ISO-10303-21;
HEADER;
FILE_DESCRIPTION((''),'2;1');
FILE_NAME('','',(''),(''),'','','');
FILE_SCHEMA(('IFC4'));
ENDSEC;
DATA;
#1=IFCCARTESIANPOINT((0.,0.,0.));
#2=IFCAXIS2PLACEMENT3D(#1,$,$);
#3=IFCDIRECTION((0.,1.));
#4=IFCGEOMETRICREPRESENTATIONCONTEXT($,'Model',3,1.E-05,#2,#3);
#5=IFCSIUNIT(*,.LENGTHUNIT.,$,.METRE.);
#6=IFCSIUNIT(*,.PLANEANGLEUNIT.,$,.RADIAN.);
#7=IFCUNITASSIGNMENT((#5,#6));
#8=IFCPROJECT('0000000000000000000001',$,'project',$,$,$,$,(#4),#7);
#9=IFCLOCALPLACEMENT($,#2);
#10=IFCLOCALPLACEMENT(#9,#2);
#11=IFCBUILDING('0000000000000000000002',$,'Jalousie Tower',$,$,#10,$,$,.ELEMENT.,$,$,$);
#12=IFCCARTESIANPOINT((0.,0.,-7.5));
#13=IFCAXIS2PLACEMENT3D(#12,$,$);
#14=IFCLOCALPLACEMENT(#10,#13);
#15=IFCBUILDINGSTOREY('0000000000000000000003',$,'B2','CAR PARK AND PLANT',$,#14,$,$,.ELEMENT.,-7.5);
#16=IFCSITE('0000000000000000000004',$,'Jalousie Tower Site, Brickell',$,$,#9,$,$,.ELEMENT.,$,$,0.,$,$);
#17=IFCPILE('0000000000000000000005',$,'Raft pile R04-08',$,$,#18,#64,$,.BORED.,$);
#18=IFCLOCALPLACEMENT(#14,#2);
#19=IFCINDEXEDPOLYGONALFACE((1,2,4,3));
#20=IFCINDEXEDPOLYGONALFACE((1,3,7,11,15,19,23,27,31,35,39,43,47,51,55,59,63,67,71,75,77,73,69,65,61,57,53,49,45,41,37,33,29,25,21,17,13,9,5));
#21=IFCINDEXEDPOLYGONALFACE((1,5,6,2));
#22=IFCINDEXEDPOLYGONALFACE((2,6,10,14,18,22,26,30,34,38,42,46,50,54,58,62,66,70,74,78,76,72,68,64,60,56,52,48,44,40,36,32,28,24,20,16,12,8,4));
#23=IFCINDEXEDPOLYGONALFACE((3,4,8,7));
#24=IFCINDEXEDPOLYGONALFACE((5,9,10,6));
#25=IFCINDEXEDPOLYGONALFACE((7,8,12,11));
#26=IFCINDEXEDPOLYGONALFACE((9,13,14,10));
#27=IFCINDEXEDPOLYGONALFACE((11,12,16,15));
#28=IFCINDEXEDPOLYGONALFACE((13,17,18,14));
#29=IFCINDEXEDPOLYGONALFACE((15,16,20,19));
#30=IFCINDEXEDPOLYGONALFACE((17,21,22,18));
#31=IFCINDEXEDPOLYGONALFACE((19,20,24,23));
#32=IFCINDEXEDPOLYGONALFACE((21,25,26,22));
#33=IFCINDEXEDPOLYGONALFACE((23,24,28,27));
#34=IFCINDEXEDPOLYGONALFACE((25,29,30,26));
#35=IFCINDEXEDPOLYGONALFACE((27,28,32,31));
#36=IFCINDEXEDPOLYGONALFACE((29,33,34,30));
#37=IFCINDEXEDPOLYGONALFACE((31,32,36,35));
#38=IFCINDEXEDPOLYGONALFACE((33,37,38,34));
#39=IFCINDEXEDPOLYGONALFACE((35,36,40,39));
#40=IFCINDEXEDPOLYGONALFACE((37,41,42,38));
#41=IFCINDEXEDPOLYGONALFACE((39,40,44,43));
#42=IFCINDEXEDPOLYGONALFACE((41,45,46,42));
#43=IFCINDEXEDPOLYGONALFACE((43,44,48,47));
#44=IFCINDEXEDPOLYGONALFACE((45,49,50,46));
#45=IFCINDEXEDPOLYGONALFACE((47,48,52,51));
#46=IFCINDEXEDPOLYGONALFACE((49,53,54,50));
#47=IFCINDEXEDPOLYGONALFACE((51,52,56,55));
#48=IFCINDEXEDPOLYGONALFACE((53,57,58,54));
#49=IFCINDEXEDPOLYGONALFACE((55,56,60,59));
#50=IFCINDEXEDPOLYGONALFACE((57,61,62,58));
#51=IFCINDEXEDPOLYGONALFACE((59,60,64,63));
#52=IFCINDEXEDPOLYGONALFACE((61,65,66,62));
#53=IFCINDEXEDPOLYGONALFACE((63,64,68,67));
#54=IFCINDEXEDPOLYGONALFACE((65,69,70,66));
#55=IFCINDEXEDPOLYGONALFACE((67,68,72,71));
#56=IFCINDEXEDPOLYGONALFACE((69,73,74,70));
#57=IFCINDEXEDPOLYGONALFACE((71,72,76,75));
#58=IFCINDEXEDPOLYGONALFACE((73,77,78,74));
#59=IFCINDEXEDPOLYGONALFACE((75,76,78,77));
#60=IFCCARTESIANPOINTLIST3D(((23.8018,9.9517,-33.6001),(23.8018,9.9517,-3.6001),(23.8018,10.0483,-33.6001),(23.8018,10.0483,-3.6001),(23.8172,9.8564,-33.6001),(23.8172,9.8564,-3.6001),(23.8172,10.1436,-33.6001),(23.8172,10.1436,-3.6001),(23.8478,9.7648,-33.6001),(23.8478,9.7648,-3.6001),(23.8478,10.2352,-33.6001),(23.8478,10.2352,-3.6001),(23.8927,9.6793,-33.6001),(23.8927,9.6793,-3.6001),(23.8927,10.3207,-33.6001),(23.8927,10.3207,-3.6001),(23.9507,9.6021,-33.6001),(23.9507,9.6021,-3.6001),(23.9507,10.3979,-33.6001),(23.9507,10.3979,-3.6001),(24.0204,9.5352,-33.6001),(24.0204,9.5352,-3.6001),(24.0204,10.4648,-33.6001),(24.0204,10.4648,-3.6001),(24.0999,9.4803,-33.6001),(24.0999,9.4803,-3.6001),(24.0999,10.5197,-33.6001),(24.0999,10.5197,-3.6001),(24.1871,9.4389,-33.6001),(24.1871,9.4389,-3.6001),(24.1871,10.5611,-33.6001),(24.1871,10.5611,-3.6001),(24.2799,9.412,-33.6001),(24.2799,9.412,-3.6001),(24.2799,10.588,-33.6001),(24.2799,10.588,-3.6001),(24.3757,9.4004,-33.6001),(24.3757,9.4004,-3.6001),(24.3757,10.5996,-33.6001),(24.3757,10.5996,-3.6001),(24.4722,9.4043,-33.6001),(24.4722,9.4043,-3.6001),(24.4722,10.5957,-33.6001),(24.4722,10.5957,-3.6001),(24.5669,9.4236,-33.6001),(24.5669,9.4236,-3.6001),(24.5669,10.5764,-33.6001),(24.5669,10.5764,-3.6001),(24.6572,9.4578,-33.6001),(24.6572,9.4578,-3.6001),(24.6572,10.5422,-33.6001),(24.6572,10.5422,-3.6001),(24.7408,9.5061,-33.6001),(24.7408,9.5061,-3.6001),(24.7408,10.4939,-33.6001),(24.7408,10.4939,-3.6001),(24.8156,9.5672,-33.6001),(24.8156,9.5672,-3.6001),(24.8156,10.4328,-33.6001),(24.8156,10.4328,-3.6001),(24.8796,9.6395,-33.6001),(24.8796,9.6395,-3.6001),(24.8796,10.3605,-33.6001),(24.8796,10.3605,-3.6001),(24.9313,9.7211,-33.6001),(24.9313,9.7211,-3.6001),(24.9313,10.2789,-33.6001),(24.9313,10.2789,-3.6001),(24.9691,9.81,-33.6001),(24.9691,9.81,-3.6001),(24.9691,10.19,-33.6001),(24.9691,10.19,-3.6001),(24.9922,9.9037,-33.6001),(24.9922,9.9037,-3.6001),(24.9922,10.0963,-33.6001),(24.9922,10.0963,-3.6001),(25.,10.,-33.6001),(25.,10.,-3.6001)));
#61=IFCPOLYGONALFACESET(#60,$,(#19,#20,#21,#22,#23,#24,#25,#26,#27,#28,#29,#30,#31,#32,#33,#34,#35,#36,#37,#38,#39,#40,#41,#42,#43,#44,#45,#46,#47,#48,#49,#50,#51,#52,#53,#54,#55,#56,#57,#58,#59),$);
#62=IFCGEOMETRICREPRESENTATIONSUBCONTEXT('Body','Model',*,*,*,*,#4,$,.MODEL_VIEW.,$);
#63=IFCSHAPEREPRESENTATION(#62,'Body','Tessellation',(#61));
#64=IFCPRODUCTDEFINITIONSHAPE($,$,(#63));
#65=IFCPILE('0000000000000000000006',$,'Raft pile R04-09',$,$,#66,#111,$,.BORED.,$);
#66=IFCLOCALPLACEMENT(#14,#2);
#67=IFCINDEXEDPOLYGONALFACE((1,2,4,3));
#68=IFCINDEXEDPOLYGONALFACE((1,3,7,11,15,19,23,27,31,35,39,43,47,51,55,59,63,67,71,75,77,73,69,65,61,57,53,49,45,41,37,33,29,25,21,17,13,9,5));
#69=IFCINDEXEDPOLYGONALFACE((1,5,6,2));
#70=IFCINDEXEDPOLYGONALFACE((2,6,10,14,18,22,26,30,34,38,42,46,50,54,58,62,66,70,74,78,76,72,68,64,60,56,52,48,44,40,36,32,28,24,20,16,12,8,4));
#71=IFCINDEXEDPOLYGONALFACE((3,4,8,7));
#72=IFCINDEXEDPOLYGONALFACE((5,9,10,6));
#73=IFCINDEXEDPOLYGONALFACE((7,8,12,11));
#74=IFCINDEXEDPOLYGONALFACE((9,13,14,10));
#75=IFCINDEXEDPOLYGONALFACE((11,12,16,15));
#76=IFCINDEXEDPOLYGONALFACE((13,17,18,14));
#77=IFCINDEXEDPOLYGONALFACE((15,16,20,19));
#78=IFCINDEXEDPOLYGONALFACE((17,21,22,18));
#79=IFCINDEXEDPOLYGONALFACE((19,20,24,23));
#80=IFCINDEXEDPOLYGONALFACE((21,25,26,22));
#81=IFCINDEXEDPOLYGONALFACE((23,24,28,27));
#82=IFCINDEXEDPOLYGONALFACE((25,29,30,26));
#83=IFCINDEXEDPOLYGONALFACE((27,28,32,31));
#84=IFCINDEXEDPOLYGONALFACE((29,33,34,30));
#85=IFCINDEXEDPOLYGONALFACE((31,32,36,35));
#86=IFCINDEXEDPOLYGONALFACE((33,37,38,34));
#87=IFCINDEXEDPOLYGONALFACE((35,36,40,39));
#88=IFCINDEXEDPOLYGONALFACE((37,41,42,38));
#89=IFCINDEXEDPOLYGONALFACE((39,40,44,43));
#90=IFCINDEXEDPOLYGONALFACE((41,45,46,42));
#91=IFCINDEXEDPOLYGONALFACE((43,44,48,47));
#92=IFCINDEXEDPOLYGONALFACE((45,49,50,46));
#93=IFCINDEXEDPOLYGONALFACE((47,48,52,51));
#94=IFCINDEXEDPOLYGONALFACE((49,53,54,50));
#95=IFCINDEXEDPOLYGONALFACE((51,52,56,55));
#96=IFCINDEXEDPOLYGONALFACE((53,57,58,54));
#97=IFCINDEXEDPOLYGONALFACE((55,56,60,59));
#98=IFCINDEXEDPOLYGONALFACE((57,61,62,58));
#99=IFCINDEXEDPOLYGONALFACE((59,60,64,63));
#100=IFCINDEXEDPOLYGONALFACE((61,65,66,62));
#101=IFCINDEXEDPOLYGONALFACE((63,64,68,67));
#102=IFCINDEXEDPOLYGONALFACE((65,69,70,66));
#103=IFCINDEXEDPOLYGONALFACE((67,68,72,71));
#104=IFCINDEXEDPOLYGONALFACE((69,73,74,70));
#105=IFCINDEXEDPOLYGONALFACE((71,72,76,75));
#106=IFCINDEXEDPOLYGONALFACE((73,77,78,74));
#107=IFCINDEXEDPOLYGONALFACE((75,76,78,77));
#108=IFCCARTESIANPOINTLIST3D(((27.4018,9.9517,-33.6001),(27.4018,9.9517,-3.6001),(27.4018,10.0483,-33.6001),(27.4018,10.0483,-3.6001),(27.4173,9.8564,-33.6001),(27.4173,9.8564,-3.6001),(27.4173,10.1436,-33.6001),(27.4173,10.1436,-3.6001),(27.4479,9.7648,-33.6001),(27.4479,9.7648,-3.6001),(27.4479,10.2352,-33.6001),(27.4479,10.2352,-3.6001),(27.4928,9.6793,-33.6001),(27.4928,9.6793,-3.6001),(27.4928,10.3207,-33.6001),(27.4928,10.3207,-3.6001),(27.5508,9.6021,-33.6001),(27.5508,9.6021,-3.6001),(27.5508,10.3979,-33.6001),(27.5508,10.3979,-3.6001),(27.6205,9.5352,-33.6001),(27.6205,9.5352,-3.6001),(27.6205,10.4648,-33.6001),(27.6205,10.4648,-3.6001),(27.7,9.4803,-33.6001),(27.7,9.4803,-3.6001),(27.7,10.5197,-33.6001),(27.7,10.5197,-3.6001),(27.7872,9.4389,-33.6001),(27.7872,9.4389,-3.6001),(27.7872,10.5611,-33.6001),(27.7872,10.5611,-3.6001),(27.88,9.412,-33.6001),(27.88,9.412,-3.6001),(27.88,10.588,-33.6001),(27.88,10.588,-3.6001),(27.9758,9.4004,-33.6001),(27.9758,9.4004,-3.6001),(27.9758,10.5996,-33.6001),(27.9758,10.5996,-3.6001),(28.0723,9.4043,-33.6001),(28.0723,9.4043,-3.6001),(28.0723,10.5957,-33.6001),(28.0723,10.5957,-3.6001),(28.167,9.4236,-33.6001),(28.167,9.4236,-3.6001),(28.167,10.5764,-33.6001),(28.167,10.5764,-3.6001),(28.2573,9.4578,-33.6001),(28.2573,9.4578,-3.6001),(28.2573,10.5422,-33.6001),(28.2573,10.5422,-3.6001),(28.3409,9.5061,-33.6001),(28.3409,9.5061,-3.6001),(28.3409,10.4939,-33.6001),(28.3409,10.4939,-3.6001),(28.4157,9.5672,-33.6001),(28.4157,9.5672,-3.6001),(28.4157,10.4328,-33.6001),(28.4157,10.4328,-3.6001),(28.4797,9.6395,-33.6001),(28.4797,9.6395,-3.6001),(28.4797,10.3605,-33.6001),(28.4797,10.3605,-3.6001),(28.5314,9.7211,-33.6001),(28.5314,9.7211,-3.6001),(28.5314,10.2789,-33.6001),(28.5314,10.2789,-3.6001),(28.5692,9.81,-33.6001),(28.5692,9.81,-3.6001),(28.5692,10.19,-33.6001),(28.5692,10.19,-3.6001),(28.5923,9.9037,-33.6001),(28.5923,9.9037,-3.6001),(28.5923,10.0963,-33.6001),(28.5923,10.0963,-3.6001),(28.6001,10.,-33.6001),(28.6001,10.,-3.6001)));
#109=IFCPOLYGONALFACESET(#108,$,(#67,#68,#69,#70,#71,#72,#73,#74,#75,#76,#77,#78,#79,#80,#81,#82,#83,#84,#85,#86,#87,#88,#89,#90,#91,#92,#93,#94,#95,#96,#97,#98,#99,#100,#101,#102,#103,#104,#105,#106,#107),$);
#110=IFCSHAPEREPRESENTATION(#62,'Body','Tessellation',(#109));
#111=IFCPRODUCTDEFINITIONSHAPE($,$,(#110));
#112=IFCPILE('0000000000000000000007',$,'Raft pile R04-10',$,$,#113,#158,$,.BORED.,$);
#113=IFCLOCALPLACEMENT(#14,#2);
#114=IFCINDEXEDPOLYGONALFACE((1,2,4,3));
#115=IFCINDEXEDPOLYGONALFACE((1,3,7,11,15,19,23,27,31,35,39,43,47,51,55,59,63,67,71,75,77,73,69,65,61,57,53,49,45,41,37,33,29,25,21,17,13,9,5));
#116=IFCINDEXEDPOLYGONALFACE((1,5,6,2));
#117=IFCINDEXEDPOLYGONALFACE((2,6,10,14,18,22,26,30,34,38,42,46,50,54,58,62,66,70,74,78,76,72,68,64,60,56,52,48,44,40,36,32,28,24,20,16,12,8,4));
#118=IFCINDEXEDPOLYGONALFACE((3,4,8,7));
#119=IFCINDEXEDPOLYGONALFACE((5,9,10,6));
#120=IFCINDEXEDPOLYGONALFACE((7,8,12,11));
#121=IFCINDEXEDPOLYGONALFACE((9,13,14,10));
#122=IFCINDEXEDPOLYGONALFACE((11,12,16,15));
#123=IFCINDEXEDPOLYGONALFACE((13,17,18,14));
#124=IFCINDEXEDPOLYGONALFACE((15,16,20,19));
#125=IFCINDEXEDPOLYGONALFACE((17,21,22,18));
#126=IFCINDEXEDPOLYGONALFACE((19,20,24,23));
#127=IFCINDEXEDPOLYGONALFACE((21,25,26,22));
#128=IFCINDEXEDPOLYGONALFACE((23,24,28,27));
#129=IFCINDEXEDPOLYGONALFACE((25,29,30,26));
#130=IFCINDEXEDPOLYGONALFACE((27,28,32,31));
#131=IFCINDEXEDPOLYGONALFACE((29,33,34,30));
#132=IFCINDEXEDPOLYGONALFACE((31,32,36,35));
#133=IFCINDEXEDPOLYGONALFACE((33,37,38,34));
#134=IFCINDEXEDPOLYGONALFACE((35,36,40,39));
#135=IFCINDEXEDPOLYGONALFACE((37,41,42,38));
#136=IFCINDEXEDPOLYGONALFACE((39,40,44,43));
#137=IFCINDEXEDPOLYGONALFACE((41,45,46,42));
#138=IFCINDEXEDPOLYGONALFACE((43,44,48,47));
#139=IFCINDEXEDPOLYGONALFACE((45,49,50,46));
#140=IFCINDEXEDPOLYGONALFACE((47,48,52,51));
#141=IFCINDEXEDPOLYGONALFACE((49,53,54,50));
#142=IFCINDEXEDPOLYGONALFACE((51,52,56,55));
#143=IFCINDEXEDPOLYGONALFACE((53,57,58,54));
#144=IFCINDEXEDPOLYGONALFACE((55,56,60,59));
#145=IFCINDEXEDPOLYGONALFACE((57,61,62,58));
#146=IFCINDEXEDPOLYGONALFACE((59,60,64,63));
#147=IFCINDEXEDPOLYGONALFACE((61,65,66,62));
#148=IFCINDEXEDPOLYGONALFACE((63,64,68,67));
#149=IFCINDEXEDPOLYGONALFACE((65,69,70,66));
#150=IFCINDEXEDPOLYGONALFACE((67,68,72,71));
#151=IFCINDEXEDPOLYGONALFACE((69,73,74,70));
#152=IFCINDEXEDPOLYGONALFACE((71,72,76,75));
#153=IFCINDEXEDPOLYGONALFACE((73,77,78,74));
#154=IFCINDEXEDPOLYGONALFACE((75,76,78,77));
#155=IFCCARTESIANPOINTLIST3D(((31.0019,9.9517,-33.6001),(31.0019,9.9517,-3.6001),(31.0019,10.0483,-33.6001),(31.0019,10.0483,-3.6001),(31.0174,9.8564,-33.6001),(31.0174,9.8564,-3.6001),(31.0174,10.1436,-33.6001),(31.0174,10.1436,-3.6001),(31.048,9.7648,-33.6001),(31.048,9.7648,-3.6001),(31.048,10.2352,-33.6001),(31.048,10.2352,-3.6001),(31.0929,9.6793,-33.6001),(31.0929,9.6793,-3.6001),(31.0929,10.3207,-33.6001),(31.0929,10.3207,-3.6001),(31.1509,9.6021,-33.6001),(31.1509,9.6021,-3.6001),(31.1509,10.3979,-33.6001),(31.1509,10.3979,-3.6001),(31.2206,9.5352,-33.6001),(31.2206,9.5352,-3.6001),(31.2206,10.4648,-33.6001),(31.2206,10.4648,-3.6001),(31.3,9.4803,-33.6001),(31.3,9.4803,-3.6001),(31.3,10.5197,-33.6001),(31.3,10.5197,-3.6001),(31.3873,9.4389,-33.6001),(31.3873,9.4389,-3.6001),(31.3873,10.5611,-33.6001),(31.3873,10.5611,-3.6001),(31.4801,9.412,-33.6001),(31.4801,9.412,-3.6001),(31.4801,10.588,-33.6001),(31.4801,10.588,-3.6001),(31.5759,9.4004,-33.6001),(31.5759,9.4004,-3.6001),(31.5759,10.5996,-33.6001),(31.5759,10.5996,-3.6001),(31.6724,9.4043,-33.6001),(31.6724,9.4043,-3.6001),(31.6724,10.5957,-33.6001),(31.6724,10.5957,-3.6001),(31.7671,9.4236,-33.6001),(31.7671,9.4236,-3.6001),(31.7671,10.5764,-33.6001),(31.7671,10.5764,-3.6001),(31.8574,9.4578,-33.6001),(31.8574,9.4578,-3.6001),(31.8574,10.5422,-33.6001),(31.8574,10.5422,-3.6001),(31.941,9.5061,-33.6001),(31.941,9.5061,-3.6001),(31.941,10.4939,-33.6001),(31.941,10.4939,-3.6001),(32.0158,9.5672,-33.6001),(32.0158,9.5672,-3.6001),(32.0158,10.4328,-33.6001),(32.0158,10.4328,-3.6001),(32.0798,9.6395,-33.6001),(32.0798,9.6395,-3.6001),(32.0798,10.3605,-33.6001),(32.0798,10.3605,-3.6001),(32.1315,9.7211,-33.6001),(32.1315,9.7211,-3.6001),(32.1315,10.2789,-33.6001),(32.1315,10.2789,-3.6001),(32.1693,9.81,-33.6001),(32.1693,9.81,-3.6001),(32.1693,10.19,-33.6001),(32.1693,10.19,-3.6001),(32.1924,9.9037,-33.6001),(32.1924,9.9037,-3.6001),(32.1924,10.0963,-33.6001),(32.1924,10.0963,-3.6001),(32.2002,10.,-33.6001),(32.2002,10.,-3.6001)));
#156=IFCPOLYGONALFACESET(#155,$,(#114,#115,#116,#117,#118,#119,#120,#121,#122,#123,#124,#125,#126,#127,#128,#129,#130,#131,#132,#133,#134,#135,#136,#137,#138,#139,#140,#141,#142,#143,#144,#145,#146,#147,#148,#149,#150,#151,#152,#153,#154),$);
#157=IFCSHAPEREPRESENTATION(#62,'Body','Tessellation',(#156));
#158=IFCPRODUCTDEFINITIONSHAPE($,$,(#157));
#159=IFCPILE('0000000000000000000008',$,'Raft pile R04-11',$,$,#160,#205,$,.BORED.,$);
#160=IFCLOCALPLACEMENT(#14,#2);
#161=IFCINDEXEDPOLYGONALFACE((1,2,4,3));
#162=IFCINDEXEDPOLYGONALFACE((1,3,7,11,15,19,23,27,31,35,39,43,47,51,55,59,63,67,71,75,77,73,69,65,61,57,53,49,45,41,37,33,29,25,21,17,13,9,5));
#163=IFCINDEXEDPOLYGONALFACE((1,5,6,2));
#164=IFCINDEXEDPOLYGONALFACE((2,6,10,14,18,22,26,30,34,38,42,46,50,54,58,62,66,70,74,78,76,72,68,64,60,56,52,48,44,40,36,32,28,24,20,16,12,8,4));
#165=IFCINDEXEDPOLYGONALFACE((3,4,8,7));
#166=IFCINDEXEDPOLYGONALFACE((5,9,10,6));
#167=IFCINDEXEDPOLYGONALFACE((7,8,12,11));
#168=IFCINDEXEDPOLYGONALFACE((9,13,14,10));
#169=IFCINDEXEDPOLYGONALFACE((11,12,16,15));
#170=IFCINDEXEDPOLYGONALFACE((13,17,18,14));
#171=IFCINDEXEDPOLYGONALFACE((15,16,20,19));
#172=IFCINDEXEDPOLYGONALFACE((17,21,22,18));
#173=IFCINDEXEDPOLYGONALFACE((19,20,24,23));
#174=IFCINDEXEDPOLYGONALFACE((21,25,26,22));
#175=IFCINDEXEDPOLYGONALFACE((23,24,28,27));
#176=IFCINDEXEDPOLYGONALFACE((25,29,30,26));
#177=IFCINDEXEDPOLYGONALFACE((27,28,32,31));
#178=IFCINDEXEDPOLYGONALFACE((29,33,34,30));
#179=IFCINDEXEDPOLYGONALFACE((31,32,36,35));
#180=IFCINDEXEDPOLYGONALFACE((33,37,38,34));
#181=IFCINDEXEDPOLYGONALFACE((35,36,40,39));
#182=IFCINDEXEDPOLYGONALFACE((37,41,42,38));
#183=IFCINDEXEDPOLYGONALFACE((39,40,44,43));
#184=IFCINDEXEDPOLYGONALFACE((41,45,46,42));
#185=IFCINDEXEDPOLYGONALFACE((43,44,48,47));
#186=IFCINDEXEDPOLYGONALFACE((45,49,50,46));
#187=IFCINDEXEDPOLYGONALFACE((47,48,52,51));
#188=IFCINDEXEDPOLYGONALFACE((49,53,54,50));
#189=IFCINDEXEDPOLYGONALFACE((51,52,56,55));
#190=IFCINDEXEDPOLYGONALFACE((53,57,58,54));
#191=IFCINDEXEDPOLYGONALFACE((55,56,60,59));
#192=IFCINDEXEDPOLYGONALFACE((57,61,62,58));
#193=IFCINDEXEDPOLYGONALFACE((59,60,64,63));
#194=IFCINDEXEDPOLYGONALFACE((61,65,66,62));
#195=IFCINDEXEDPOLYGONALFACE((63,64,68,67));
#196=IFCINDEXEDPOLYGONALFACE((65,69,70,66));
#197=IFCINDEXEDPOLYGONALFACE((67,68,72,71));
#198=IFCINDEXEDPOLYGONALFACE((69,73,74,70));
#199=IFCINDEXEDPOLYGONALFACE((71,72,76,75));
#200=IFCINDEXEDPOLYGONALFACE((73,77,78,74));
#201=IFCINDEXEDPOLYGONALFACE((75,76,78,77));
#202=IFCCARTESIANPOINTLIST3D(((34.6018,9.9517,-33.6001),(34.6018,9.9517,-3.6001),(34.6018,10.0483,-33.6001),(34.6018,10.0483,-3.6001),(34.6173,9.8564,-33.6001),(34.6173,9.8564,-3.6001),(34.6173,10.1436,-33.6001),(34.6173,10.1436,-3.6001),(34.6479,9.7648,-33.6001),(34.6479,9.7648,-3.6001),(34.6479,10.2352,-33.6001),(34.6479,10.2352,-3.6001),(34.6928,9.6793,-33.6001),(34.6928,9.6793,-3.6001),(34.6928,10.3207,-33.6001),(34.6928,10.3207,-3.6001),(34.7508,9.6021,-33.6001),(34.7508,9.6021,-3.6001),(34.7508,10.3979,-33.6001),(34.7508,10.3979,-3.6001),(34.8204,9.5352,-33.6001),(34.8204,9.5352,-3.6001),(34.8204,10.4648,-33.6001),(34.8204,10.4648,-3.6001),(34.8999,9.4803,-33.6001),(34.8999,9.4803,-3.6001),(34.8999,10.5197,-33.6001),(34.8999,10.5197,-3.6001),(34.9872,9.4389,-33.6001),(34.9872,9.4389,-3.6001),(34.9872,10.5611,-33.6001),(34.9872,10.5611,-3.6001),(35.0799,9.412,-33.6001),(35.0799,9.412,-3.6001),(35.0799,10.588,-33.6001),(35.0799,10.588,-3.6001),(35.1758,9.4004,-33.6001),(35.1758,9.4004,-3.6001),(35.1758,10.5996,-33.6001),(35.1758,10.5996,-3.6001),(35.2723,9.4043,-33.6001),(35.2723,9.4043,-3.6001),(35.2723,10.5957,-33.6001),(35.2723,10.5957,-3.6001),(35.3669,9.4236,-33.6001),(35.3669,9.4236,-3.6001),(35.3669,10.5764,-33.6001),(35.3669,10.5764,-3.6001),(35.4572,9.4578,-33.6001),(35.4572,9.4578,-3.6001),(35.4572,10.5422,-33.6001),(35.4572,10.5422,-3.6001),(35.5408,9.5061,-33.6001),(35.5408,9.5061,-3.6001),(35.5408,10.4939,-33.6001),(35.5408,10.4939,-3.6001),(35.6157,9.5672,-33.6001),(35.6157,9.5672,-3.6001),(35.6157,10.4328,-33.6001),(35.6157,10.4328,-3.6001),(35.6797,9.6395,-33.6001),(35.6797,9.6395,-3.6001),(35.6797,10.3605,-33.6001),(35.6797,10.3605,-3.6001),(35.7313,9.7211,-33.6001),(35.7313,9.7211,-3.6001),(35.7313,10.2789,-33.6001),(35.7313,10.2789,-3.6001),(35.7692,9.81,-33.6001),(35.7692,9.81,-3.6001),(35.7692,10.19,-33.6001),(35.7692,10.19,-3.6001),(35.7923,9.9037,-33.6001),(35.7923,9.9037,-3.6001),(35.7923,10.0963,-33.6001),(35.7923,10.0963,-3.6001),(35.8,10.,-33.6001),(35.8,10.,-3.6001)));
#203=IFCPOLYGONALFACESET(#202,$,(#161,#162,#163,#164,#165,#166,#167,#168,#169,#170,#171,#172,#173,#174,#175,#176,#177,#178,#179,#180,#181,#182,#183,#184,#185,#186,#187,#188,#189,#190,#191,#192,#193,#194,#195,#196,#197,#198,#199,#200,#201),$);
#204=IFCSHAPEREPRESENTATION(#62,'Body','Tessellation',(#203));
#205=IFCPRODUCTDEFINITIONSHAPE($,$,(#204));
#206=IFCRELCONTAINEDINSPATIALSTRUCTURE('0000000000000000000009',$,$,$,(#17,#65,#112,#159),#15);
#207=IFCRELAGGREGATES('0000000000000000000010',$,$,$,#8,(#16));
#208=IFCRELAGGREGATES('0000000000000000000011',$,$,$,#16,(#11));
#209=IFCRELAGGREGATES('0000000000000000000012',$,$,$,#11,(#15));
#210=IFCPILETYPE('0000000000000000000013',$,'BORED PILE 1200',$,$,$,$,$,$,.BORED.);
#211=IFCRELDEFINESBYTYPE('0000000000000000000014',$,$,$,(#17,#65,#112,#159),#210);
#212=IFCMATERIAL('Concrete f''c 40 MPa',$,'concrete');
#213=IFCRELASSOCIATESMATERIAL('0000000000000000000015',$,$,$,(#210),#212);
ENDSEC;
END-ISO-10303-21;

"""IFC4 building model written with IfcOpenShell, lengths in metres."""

from ifc_helpers import new_model, si_unit, direction, frame, origin, origin_2d, place, context, subcontext, project, spatial, circle, extrude, material, material_profile, profile_set, type_object, element, save


model = new_model("IFC4")

# Units and contexts
model_context = context("Model", 3, precision=1e-05, world=origin(), true_north=direction((0.0, 1.0)))
body_context = subcontext(model_context, "Body", "Model", "MODEL_VIEW")
ifc_project = project(units=[si_unit("LENGTHUNIT", "METRE"), si_unit("PLANEANGLEUNIT", "RADIAN")], contexts=[model_context])

# Site, building, storey
site_placement = place(None, origin())
site = spatial("IfcSite", under=ifc_project, at=site_placement, Name="Jalousie Tower Site, Brickell", CompositionType="ELEMENT", RefElevation=0.0)
building_placement = place(site_placement, origin())
building = spatial("IfcBuilding", under=site, at=building_placement, Name="Jalousie Tower", CompositionType="ELEMENT")
storey_placement = place(building_placement, frame((0.0, 0.0, -7.5)))
storey = spatial("IfcBuildingStorey", under=building, at=storey_placement, Name="B2", Description="CAR PARK AND PLANT", CompositionType="ELEMENT", Elevation=-7.5)

# Piles
ifc_material_1 = material(Name="Concrete f'c 40 MPa", Category="concrete")
ifc_material_profile = material_profile(ifc_material_1, circle(Radius=0.6001, at=origin_2d()), Name="BORED PILE D1200")
ifc_profile_set = profile_set([ifc_material_profile], Name="Concrete f'c 40 MPa")
pile_type = type_object("IfcPileType", Name="BORED PILE 1200", PredefinedType="BORED", material=ifc_profile_set)
for number, where, z_axis, x_axis, name in (
    (1, (24.3999, 10.0, -3.6001), (0.0, 0.0, -1.0), (1.0, 0.0, 0.0), "Raft pile R04-08"),
    (2, (28.0, 10.0, -3.6001), (0.0, 0.0, -1.0), (1.0, 0.0, 0.0), "Raft pile R04-09"),
    (3, (31.6001, 10.0, -3.6001), (0.0, 0.0, -1.0), (1.0, 0.0, 0.0), "Raft pile R04-10"),
    (4, (35.2, 10.0, -3.6001), (0.0, 0.0, -1.0), (1.0, 0.0, 0.0), "Raft pile R04-11"),
):
    element("IfcPile", number, at=place(storey_placement, frame(where, z_axis=z_axis, x_axis=x_axis)), inside=storey, type_object=pile_type, Name=name, PredefinedType="BORED", context=body_context, shape_type="SweptSolid", body=[
        extrude(circle(Radius=0.6001, at=origin_2d()), origin(), (0.0, 0.0, 1.0), 30.0),
    ])

save(model, "model.ifc")
